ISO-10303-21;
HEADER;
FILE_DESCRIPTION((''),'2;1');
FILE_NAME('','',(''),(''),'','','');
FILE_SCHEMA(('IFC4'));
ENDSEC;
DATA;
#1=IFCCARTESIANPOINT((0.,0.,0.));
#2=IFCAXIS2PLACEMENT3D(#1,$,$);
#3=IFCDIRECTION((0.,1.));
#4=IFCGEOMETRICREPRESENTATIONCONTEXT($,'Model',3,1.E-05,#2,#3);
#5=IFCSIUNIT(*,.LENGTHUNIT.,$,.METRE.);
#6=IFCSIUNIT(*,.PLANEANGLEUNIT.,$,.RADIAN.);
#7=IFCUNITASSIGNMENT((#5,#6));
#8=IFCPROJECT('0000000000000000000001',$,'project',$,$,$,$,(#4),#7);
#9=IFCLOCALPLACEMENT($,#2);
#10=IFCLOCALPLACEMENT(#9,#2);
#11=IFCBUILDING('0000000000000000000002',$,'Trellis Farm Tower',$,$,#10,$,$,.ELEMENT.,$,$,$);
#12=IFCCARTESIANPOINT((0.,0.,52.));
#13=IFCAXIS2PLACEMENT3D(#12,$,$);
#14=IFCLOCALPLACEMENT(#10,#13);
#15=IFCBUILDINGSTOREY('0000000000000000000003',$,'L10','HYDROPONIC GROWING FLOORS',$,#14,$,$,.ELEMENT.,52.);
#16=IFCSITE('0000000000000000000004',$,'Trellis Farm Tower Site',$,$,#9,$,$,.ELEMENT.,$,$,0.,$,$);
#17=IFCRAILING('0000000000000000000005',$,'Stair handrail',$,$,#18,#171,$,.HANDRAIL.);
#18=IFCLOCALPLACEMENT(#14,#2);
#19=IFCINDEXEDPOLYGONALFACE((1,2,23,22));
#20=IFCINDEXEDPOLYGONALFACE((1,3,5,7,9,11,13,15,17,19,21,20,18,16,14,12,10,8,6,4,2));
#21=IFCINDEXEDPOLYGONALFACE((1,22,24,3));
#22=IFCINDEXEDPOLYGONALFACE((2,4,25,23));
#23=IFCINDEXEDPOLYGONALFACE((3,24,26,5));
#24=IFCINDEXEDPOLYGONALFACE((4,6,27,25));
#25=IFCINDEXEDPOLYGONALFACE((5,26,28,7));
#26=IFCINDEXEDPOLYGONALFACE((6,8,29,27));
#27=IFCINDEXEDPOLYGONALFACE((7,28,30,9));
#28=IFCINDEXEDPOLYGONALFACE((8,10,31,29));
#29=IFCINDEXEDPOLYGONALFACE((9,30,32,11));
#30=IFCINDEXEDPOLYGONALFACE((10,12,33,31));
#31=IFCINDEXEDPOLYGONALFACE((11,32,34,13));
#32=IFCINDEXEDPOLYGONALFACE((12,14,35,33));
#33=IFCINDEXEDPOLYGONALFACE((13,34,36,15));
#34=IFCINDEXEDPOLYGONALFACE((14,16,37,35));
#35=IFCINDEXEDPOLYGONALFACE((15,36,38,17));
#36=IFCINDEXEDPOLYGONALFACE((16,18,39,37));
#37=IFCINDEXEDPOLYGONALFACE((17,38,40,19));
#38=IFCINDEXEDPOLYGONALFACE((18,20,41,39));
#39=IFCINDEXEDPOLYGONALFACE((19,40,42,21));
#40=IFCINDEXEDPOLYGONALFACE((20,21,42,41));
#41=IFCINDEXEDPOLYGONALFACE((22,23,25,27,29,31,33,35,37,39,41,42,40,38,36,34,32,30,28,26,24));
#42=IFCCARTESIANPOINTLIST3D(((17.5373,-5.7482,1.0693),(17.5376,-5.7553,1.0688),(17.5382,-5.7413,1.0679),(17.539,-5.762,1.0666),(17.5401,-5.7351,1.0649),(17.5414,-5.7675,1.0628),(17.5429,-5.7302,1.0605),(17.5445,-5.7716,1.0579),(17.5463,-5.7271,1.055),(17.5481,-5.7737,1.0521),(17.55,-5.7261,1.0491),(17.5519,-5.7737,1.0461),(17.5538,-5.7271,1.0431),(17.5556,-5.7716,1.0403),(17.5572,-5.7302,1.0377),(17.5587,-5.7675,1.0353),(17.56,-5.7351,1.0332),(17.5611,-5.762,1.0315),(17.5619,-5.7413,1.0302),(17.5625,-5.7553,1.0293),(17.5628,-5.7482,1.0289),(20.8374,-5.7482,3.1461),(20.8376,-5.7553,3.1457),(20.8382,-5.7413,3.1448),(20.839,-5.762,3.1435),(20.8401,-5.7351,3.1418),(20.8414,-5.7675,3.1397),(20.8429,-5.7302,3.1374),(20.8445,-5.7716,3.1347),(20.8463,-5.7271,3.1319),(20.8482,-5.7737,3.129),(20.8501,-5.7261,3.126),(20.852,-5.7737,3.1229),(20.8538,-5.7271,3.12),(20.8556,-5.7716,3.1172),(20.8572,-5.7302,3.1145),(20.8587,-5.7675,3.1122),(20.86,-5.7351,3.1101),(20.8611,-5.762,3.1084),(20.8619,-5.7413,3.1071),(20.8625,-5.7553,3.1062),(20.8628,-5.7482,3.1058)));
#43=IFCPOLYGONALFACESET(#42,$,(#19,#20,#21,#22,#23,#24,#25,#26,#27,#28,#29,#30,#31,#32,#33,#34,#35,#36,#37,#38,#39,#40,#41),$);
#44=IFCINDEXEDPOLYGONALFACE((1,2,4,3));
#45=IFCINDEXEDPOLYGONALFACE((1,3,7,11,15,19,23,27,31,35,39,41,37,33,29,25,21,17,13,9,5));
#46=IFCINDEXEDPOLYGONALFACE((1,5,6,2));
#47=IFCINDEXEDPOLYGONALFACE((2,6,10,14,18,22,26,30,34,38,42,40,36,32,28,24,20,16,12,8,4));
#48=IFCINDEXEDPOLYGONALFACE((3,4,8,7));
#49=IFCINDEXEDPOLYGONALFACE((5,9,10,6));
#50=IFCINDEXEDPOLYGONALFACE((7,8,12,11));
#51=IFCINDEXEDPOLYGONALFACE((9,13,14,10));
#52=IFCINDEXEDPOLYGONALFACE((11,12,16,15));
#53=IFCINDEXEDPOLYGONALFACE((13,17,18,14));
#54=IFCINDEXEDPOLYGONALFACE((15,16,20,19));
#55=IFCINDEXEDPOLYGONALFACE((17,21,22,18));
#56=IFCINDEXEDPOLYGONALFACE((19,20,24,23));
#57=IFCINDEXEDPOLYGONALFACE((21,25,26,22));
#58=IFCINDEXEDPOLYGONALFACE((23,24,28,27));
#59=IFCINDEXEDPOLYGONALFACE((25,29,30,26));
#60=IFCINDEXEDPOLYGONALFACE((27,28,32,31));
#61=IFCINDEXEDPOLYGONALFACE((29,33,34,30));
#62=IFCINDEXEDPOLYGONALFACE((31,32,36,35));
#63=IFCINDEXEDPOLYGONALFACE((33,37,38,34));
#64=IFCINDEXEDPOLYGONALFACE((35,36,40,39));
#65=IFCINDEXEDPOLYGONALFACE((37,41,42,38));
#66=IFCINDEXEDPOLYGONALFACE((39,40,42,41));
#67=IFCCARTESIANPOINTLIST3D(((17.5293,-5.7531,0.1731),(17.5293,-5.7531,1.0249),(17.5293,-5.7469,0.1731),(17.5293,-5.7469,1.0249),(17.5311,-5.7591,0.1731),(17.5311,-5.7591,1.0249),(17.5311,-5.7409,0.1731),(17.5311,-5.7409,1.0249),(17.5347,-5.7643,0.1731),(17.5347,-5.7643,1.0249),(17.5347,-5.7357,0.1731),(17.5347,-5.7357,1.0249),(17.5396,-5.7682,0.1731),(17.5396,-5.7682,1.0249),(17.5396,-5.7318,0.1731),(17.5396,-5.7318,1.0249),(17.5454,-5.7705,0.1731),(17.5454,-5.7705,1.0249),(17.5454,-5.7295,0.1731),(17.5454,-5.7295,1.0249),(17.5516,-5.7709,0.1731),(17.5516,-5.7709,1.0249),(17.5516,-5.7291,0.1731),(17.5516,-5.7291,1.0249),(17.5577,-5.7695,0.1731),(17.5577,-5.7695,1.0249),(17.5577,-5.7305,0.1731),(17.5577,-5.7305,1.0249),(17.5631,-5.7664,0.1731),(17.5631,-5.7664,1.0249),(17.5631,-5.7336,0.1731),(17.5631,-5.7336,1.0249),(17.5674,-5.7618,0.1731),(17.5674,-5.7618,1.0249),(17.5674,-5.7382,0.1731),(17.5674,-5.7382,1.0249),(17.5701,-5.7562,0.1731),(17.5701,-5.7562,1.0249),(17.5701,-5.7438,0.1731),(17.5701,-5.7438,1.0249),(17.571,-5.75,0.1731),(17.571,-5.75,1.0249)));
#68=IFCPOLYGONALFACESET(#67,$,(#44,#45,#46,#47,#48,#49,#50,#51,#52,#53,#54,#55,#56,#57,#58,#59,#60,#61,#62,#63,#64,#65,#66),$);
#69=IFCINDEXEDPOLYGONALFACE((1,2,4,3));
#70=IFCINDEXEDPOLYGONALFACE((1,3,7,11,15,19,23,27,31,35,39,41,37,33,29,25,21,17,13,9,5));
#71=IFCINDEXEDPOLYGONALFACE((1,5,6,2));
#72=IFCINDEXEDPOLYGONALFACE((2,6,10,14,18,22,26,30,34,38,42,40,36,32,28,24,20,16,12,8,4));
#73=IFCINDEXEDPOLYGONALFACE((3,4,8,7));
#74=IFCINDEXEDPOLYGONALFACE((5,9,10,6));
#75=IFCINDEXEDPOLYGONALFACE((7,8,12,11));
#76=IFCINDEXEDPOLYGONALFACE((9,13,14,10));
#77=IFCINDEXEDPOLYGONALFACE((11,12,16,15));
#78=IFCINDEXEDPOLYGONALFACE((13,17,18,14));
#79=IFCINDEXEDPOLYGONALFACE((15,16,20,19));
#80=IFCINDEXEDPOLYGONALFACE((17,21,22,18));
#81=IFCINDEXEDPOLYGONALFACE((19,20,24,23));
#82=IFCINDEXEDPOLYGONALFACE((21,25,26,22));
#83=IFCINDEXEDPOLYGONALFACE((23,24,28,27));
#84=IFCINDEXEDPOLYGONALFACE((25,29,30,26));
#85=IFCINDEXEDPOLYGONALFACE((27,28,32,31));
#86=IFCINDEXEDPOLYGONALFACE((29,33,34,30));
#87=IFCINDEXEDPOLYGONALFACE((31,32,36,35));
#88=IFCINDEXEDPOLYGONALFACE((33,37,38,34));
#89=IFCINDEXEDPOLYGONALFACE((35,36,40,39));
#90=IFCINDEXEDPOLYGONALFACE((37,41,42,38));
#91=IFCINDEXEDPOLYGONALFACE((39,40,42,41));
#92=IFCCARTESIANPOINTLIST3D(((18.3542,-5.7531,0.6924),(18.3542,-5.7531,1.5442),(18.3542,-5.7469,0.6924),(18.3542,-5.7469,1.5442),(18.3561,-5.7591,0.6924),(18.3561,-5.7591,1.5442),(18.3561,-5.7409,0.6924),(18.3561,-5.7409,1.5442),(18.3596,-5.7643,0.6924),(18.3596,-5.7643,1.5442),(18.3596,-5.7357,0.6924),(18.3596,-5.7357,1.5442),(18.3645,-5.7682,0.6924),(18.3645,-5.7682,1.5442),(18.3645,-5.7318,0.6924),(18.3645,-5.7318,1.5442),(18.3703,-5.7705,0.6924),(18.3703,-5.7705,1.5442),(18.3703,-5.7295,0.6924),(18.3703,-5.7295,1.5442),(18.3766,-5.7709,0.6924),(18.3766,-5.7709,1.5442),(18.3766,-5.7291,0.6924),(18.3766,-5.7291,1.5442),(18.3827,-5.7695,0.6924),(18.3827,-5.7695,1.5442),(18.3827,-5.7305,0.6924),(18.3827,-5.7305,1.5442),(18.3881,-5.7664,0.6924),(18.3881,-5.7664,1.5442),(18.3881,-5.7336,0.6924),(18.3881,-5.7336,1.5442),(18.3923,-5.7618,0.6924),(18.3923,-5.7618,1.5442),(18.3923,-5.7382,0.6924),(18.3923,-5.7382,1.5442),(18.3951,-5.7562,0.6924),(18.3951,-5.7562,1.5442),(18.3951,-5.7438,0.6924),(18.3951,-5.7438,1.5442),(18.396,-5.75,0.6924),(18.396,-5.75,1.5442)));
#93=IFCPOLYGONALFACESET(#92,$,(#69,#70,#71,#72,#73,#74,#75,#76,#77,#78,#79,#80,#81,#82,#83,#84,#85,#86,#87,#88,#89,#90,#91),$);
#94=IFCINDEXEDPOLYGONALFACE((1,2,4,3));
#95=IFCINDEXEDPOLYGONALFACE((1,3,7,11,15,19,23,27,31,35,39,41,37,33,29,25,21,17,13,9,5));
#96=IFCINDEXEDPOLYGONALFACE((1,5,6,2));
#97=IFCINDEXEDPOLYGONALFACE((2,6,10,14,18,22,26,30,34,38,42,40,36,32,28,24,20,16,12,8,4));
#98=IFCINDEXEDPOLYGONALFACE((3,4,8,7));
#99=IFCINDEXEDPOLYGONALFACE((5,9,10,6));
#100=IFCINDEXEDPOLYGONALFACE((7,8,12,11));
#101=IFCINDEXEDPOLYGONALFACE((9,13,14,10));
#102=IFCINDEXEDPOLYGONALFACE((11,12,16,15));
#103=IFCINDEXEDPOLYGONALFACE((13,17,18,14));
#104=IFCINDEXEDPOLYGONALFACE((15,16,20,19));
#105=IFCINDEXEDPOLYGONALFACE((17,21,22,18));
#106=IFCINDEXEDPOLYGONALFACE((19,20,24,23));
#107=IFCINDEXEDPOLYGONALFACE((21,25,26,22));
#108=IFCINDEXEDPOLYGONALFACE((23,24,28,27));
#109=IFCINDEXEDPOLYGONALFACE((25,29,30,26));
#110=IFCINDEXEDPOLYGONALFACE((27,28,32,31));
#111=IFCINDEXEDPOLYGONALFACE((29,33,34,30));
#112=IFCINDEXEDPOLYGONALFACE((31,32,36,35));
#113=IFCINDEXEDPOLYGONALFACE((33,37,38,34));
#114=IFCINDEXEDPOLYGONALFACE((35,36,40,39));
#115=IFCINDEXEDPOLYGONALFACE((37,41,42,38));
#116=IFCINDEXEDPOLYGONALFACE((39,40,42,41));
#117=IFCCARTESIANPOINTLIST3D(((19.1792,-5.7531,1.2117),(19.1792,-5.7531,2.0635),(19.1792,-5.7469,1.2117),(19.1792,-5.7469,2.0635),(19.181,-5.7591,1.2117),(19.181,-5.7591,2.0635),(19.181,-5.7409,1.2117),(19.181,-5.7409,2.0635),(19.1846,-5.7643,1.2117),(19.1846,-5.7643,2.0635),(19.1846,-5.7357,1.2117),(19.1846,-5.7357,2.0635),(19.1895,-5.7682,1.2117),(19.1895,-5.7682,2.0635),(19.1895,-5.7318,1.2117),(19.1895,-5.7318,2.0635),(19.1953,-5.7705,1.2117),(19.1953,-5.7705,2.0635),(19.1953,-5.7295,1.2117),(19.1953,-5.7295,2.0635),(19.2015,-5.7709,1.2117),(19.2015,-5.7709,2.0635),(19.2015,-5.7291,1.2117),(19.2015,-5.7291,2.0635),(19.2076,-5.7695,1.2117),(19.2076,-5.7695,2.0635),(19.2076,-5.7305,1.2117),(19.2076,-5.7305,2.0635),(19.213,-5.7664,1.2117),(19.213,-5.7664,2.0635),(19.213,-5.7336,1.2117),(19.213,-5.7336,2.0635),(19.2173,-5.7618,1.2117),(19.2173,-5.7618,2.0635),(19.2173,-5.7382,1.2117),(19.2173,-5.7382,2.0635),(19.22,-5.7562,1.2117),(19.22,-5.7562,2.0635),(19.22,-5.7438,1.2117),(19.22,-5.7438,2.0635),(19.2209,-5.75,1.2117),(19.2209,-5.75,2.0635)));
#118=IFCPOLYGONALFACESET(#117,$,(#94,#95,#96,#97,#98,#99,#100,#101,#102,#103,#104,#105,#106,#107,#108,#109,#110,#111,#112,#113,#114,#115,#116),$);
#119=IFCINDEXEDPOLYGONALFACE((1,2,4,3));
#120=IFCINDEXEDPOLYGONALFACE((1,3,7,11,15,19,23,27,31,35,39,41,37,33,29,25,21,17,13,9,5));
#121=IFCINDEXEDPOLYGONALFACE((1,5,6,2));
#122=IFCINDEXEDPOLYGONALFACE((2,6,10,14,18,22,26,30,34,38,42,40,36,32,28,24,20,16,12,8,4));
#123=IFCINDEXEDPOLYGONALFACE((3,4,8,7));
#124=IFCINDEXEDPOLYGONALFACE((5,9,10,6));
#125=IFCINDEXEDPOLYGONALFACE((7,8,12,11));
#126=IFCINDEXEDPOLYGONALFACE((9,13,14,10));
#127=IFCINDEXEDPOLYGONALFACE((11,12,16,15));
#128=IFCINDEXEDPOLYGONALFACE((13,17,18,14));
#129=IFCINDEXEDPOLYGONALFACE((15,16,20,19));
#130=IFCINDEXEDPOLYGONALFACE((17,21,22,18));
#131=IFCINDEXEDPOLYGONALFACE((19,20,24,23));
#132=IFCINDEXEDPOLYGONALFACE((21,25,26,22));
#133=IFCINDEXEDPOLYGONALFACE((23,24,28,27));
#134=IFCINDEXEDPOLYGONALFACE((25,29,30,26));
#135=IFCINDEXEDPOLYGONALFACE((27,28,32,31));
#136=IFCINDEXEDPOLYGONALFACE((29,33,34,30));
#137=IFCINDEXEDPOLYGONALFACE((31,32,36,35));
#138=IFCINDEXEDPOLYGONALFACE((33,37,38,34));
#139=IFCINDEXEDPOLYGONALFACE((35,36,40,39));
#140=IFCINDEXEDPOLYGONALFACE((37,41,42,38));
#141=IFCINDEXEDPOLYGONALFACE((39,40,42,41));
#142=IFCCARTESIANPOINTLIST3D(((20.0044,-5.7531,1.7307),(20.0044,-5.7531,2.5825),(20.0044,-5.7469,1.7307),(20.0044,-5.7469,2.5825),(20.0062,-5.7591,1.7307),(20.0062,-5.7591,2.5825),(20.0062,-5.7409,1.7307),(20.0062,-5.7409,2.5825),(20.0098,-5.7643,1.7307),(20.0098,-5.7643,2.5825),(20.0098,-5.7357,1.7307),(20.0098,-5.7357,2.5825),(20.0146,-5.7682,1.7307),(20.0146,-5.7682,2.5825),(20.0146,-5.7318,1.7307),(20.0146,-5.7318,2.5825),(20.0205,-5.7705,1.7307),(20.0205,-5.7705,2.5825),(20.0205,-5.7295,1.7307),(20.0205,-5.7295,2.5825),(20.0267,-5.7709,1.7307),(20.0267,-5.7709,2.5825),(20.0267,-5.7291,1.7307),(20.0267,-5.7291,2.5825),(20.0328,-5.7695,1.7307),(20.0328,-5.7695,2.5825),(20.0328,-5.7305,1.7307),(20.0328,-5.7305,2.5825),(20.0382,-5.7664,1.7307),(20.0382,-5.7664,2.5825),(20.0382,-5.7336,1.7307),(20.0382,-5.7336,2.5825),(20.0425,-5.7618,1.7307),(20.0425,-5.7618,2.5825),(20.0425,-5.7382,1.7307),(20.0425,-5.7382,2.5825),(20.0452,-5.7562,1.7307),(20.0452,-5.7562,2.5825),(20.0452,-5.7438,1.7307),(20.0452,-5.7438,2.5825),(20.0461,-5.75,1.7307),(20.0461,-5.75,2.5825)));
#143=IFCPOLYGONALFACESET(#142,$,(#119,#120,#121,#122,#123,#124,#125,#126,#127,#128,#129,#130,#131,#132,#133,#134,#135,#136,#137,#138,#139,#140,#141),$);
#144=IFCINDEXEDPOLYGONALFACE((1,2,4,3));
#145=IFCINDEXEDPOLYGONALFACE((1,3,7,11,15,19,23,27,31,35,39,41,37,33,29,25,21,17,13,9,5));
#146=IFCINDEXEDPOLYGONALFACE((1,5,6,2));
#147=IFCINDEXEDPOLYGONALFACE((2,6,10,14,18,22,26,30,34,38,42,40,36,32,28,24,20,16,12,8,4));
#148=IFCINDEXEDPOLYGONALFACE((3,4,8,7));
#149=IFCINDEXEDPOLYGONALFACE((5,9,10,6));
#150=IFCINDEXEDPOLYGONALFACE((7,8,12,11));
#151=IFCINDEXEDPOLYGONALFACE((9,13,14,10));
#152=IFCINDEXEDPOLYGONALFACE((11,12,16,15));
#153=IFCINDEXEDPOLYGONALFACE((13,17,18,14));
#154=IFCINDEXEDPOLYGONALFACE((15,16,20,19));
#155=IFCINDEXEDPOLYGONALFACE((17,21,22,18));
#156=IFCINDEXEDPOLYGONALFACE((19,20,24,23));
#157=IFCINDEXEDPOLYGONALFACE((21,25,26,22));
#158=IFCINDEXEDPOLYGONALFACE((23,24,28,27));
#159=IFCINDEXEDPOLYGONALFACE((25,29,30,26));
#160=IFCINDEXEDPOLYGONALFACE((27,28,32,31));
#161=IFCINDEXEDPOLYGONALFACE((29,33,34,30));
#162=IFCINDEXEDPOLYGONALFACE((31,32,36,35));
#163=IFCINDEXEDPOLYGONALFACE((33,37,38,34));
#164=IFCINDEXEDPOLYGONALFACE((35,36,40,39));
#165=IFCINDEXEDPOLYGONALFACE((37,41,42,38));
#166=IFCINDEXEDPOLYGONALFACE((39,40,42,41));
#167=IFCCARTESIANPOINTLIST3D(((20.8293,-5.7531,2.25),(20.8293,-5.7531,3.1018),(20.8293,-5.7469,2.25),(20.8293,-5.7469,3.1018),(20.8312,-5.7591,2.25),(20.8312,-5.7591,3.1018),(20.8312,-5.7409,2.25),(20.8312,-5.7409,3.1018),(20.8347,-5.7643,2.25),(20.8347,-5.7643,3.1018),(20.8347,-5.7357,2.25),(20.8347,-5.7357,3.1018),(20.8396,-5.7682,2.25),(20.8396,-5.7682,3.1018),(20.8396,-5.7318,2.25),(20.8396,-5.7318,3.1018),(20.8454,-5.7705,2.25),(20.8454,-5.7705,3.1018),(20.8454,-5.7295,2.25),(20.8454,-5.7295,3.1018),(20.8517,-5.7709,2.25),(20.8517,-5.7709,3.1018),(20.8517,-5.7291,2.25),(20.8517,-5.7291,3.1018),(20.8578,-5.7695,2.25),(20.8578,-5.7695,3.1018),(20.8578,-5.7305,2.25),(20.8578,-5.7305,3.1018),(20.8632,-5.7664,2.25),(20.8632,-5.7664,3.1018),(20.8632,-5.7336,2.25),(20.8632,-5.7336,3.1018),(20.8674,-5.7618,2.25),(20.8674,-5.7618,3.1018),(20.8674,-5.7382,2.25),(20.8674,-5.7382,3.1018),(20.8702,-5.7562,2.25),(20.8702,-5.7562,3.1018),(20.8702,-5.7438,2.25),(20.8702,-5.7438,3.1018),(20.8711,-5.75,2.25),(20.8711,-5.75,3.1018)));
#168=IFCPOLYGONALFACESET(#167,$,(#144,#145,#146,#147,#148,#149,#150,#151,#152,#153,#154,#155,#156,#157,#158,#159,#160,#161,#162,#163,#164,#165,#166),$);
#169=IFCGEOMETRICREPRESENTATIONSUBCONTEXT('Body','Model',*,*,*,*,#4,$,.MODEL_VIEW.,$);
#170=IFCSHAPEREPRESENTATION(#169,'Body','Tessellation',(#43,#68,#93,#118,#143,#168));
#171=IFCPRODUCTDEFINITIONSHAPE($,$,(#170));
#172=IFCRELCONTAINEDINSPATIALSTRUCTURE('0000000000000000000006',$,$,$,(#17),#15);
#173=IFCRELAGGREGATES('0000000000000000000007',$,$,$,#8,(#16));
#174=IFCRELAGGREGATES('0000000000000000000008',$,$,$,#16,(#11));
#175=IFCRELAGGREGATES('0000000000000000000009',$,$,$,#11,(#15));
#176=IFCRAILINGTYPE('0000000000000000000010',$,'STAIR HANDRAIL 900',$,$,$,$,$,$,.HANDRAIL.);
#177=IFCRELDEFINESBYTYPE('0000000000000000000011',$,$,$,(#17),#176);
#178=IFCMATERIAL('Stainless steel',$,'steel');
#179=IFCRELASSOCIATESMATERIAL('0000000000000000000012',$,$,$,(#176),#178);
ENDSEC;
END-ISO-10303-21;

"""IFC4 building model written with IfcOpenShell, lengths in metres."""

from ifc_helpers import new_model, si_unit, direction, frame, origin, origin_2d, place, context, subcontext, project, spatial, circle, extrude, source, transform, mapped, material, type_object, element, save


model = new_model("IFC4")

# Units and contexts
model_context = context("Model", 3, precision=1e-05, world=origin(), true_north=direction((0.0, 1.0)))
body_context = subcontext(model_context, "Body", "Model", "MODEL_VIEW")
ifc_project = project(units=[si_unit("LENGTHUNIT", "METRE"), si_unit("PLANEANGLEUNIT", "RADIAN")], contexts=[model_context])

# Site, building, storey
site_placement = place(None, origin())
site = spatial("IfcSite", under=ifc_project, at=site_placement, Name="Trellis Farm Tower Site", CompositionType="ELEMENT", RefElevation=0.0)
building_placement = place(site_placement, origin())
building = spatial("IfcBuilding", under=site, at=building_placement, Name="Trellis Farm Tower", CompositionType="ELEMENT")
storey_placement = place(building_placement, frame((0.0, 0.0, 52.0)))
storey = spatial("IfcBuildingStorey", under=building, at=storey_placement, Name="L10", Description="HYDROPONIC GROWING FLOORS", CompositionType="ELEMENT", Elevation=52.0)

# Railing
ifc_material_1 = material(Name="Stainless steel", Category="steel")
railing_type = type_object("IfcRailingType", Name="STAIR HANDRAIL 900", PredefinedType="HANDRAIL", material=ifc_material_1)
shared_shape_1 = source(origin(), body_context, "Body", "SweptSolid", [
    extrude(circle(Radius=0.0239, at=origin_2d()), frame((0.0, 0.0, 0.876), z_axis=(0.846337, 0.0, 0.532647), x_axis=(0.0, 1.0, 0.0)), (0.0, 0.0, 1.0), 3.8992),
    extrude(circle(Radius=0.021, at=origin_2d()), origin(), (0.0, 0.0, 1.0), 0.8518),
    extrude(circle(Radius=0.021, at=origin_2d()), frame((0.825, 0.0, 0.5193)), (0.0, 0.0, 1.0), 0.8518),
    extrude(circle(Radius=0.021, at=origin_2d()), frame((1.6499, 0.0, 1.0386)), (0.0, 0.0, 1.0), 0.8518),
    extrude(circle(Radius=0.021, at=origin_2d()), frame((2.4751, 0.0, 1.5576)), (0.0, 0.0, 1.0), 0.8518),
    extrude(circle(Radius=0.021, at=origin_2d()), frame((3.3, 0.0, 2.0769)), (0.0, 0.0, 1.0), 0.8518),
])
railing_placement = place(storey_placement, frame((17.55, -5.75, 0.1731)))
element("IfcRailing", 1, at=railing_placement, inside=storey, type_object=railing_type, Name="Stair handrail", PredefinedType="HANDRAIL", context=body_context, shape_type="MappedRepresentation", body=[
    mapped(shared_shape_1, transform((0.0, 0.0, 0.0))),
])

save(model, "model.ifc")
